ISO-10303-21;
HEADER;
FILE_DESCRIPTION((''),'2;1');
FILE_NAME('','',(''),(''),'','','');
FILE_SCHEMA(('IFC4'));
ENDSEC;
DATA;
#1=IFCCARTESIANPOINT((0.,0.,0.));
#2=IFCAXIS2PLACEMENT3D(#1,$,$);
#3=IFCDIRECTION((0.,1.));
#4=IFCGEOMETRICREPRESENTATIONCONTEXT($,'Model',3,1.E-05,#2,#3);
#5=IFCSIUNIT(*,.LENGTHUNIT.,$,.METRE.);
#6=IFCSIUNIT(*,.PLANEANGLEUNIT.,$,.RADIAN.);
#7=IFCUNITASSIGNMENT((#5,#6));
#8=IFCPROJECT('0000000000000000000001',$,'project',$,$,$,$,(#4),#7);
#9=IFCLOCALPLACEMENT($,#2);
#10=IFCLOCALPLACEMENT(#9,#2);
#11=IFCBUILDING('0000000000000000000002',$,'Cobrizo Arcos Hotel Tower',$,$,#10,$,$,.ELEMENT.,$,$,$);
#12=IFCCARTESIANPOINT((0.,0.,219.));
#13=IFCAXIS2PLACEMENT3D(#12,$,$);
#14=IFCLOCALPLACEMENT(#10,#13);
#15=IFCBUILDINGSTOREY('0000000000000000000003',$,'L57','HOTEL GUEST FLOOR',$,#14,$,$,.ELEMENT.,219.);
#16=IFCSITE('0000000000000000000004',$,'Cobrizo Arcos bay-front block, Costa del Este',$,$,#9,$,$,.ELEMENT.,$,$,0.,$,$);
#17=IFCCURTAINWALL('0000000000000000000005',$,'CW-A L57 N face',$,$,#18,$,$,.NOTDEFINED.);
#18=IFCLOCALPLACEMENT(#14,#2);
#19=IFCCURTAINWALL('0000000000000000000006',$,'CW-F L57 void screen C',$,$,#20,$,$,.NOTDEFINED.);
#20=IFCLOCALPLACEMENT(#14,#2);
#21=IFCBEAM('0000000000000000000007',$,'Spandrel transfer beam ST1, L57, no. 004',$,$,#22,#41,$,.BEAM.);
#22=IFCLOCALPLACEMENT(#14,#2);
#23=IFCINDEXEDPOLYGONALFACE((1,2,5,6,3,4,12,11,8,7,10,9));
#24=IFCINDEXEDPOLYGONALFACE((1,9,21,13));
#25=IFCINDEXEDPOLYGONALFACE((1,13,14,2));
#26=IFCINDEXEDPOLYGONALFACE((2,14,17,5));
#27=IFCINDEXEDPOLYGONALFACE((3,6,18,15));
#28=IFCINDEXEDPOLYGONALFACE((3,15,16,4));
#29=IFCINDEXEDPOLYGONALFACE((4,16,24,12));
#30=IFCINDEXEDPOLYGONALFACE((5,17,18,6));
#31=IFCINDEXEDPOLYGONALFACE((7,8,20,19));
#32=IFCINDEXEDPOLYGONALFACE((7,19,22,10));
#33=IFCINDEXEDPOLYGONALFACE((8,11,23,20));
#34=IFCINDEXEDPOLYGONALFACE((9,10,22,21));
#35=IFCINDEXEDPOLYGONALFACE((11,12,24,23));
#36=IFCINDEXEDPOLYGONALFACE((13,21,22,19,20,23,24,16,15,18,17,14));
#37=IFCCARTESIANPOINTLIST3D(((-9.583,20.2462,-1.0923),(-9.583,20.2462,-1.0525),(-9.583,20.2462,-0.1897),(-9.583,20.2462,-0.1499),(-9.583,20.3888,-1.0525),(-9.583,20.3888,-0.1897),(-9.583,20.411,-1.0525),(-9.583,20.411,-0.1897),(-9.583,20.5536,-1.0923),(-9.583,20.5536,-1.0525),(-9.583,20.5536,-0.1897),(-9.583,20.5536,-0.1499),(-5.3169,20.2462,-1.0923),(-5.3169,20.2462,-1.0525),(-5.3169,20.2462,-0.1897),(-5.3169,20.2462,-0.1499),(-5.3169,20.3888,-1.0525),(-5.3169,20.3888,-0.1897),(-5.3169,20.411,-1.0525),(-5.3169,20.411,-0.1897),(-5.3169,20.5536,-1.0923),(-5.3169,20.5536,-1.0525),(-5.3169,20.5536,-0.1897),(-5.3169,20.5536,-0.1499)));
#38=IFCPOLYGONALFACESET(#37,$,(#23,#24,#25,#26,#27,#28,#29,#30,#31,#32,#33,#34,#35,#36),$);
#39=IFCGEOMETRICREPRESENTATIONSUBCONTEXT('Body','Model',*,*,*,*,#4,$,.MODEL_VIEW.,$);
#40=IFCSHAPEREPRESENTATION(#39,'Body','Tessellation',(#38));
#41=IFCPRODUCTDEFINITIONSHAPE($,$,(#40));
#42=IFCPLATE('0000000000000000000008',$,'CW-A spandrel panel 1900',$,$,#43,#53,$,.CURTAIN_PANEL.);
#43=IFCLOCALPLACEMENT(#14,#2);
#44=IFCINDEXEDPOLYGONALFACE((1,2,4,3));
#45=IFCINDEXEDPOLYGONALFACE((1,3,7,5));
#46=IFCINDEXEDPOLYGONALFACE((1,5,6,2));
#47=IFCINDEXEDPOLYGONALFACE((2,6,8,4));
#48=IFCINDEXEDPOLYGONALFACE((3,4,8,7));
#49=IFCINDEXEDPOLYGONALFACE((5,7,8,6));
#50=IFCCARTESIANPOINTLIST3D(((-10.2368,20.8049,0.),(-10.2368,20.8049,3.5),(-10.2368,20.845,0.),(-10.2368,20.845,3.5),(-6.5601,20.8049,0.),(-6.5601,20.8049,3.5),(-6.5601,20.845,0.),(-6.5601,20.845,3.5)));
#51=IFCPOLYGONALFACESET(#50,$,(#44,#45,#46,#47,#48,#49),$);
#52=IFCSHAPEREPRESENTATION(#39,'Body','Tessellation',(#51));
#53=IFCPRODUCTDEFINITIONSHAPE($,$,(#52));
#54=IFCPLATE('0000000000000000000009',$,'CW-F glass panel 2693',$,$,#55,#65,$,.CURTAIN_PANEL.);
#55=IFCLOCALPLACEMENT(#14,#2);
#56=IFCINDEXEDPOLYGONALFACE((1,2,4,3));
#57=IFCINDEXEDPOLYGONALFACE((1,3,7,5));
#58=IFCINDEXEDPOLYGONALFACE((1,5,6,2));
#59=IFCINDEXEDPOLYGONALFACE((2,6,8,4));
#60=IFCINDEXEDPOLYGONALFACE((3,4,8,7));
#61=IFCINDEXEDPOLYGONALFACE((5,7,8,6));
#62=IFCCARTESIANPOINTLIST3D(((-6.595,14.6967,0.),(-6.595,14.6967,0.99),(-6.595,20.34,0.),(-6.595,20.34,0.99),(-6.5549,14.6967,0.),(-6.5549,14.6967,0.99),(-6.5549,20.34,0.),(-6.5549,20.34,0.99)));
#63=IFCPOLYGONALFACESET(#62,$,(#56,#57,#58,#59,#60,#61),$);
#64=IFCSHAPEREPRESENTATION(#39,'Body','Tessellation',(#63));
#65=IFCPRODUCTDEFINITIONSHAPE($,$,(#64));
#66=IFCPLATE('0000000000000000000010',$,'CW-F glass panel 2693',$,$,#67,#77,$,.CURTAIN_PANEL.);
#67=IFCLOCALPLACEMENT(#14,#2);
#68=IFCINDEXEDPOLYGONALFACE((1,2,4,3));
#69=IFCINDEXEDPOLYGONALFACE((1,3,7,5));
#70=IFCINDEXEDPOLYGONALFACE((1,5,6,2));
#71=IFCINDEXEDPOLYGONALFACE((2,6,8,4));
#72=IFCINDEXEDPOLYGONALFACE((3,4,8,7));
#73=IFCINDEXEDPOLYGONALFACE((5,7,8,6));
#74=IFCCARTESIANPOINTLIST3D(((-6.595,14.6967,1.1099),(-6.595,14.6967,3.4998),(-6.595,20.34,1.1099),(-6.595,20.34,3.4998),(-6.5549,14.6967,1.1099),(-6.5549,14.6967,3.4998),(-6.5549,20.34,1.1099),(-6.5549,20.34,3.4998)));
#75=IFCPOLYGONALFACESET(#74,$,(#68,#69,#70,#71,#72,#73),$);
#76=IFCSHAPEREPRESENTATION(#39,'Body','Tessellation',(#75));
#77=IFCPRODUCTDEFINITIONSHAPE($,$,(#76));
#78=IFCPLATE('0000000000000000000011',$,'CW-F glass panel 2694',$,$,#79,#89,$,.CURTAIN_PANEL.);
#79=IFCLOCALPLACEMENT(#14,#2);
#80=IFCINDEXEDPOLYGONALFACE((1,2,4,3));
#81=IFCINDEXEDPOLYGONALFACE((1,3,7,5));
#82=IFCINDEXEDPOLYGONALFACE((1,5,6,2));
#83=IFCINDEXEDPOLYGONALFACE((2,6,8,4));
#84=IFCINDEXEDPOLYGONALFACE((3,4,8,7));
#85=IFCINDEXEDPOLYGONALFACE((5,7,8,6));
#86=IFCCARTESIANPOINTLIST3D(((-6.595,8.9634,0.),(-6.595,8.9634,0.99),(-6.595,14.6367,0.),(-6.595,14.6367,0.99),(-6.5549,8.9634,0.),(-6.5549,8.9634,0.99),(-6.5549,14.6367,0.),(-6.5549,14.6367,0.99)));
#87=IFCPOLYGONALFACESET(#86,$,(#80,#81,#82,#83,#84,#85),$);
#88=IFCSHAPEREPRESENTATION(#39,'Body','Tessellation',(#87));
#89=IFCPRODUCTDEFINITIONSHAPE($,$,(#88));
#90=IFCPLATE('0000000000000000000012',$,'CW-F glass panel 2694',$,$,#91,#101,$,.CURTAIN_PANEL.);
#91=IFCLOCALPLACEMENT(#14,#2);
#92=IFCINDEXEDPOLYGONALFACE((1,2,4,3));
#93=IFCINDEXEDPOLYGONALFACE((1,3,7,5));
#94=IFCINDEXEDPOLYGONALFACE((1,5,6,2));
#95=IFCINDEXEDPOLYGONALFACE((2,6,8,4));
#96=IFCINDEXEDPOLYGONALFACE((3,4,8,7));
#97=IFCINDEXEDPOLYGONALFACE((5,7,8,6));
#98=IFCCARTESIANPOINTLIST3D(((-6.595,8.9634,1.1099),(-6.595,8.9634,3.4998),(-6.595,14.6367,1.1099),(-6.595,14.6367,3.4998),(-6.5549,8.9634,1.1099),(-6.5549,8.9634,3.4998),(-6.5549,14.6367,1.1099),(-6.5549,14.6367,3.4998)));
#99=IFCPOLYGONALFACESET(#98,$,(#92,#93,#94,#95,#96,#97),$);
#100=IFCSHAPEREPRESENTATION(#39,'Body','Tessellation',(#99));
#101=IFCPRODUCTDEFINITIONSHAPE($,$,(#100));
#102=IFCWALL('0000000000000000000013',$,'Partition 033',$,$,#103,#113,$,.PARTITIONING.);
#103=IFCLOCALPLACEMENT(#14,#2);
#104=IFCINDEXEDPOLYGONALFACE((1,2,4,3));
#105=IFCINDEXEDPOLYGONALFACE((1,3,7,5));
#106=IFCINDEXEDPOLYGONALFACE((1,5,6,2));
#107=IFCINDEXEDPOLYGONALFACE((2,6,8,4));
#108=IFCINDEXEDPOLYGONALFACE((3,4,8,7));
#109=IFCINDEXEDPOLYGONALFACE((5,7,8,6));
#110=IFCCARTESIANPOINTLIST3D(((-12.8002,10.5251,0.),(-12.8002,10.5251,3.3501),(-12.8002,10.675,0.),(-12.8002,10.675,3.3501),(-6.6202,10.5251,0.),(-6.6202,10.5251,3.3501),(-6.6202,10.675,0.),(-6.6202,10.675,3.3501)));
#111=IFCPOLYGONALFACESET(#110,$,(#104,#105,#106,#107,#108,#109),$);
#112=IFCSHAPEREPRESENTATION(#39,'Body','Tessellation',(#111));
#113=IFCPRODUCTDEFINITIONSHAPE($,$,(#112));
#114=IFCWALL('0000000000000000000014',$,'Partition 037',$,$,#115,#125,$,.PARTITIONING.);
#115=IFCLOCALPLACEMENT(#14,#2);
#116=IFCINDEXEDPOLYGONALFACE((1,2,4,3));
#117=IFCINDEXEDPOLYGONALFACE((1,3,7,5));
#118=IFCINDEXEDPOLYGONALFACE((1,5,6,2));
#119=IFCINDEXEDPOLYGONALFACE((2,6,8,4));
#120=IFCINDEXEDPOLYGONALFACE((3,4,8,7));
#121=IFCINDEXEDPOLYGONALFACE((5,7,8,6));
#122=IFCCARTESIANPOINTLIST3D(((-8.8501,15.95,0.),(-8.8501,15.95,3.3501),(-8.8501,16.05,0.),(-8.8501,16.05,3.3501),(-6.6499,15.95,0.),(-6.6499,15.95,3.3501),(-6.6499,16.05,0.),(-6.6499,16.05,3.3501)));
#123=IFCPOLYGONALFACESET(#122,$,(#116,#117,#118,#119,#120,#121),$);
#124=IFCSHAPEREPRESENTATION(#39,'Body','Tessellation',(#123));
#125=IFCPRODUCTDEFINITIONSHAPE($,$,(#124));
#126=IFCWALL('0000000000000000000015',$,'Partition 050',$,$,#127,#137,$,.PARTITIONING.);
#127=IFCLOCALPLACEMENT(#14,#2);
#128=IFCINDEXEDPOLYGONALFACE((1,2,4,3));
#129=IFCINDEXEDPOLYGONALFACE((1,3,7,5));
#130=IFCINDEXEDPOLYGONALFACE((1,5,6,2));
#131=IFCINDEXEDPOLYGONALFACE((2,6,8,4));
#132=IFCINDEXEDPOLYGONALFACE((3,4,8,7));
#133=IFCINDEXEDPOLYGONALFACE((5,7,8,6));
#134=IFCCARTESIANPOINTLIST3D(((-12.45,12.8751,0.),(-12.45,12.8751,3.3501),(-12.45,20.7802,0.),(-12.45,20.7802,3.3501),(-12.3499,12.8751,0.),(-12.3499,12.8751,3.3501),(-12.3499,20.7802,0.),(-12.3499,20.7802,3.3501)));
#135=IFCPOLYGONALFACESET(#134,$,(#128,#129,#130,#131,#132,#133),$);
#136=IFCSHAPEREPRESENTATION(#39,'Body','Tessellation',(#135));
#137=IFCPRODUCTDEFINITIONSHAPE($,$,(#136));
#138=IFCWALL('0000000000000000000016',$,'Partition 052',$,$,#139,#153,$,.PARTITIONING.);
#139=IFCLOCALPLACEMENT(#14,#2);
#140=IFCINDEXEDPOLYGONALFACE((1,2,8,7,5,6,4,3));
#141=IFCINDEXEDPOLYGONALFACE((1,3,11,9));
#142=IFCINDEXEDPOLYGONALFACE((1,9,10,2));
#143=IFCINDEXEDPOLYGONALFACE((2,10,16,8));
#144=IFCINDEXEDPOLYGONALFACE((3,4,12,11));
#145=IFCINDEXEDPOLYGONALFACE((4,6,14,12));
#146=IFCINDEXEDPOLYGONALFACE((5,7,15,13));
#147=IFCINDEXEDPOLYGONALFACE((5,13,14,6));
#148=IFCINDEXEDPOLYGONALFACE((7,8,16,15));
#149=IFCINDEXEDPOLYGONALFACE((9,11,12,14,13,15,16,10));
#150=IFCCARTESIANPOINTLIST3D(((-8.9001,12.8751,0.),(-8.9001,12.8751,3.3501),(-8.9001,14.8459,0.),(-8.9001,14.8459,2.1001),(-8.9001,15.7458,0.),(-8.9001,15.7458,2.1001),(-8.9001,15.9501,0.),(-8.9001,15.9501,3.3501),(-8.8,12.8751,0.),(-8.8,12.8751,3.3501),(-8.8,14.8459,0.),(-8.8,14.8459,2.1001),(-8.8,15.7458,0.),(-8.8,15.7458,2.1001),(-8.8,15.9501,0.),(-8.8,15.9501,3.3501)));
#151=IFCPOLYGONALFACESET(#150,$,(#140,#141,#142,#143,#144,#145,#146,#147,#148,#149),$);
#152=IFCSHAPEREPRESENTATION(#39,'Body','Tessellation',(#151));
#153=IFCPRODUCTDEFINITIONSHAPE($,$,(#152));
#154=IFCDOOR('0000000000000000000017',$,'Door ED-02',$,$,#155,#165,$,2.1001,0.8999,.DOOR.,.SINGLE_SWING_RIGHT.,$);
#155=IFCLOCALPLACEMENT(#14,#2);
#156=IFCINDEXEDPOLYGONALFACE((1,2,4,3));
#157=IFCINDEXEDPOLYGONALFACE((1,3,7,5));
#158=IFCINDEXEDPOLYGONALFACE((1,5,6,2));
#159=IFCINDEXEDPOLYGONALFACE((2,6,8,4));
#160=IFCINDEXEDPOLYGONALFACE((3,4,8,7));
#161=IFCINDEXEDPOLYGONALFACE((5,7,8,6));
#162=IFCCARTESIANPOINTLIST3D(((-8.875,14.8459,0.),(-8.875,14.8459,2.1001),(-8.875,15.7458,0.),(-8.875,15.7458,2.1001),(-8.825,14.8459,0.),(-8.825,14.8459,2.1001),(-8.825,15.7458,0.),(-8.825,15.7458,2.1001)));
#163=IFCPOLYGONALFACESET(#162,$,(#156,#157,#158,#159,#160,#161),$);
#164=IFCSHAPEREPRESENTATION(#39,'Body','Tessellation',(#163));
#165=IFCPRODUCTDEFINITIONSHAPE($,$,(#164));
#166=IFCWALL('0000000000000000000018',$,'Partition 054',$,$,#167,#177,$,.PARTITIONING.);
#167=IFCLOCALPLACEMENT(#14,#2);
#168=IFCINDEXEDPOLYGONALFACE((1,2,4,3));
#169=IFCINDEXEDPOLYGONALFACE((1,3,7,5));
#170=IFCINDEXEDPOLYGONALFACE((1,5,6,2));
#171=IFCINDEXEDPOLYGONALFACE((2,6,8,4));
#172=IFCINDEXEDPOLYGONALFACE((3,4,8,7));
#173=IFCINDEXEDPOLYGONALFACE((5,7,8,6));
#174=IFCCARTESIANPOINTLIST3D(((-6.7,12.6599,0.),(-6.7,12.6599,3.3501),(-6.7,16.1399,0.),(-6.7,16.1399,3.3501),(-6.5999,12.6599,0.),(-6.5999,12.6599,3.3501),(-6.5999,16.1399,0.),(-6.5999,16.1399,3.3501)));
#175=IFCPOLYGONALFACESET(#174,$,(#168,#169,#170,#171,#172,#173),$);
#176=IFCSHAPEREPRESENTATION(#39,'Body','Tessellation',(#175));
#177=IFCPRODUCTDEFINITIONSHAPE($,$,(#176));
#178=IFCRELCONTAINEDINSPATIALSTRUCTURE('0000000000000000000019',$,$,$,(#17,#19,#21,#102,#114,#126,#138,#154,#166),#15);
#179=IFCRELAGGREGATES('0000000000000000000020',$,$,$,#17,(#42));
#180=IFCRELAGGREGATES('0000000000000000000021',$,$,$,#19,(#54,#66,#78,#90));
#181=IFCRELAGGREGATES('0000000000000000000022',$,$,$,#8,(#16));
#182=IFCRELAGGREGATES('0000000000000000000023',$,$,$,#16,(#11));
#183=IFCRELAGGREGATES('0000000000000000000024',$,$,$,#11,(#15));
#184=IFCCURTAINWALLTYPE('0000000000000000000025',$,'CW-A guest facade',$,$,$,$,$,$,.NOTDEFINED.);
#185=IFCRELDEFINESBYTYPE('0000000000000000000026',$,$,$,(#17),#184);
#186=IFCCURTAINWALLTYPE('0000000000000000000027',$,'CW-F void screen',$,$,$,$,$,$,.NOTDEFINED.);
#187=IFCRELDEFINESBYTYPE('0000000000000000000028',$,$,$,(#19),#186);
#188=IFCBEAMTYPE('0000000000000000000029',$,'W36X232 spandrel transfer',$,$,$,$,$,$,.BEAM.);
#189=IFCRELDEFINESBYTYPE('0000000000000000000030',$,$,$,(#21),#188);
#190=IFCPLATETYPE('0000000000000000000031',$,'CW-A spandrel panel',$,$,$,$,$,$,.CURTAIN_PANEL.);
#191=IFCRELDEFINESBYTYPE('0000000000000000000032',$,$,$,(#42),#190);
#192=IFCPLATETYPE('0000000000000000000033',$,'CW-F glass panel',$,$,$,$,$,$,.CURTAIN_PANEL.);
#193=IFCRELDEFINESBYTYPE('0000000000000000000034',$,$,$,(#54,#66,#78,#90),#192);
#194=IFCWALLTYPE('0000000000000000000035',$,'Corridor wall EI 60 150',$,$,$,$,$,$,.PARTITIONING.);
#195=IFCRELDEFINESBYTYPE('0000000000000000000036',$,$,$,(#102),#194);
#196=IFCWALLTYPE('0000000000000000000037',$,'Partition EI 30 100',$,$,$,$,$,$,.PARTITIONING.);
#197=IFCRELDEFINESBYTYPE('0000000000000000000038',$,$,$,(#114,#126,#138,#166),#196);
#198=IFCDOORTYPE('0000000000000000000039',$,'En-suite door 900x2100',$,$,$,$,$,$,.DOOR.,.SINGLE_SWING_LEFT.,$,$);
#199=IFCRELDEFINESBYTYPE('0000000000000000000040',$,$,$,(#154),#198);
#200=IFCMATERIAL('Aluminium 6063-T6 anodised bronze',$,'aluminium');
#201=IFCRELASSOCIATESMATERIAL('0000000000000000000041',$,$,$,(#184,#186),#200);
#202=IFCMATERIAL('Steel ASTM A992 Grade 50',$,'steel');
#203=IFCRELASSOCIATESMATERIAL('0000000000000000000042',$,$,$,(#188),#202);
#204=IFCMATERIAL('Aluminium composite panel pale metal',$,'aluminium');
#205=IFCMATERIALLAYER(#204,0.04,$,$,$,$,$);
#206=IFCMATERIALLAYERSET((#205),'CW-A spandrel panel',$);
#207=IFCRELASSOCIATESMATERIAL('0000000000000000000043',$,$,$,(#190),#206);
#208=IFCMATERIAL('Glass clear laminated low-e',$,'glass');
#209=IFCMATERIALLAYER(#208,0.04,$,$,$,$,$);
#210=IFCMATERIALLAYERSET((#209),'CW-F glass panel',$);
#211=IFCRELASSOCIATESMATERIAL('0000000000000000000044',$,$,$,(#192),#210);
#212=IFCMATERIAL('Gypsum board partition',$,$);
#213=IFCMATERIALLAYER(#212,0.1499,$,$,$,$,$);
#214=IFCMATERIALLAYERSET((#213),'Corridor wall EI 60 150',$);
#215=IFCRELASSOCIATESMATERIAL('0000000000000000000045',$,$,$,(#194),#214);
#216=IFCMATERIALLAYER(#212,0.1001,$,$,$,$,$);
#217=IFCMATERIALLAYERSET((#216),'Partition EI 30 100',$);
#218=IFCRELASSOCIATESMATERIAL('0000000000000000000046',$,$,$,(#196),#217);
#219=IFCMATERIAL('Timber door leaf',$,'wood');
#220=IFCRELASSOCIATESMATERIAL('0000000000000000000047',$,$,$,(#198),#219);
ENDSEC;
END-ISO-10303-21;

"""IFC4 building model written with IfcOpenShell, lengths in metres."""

from ifc_helpers import new_model, si_unit, direction, frame, frame_2d, origin, origin_2d, place, context, subcontext, project, spatial, rectangle, i_section, extrude, material, layer, layer_set, material_profile, profile_set, type_object, element, fill, aggregate, save


model = new_model("IFC4")

# Units and contexts
model_context = context("Model", 3, precision=1e-05, world=origin(), true_north=direction((0.0, 1.0)))
body_context = subcontext(model_context, "Body", "Model", "MODEL_VIEW")
ifc_project = project(units=[si_unit("LENGTHUNIT", "METRE"), si_unit("PLANEANGLEUNIT", "RADIAN")], contexts=[model_context])

# Site, building, storey
site_placement = place(None, origin())
site = spatial("IfcSite", under=ifc_project, at=site_placement, Name="Cobrizo Arcos bay-front block, Costa del Este", CompositionType="ELEMENT", RefElevation=0.0)
building_placement = place(site_placement, origin())
building = spatial("IfcBuilding", under=site, at=building_placement, Name="Cobrizo Arcos Hotel Tower", CompositionType="ELEMENT")
storey_placement = place(building_placement, frame((0.0, 0.0, 219.0)))
storey = spatial("IfcBuildingStorey", under=building, at=storey_placement, Name="L57", Description="HOTEL GUEST FLOOR", CompositionType="ELEMENT", Elevation=219.0)

# Curtain walls
ifc_material_1 = material(Name="Aluminium 6063-T6 anodised bronze", Category="aluminium")
curtain_wall_type_1 = type_object("IfcCurtainWallType", Name="CW-A guest facade", PredefinedType="NOTDEFINED", material=ifc_material_1)
curtain_wall_1_placement = place(storey_placement, origin())
curtain_wall_1 = element("IfcCurtainWall", 1, at=curtain_wall_1_placement, inside=storey, type_object=curtain_wall_type_1, Name="CW-A L57 N face", PredefinedType="NOTDEFINED")
curtain_wall_type_2 = type_object("IfcCurtainWallType", Name="CW-F void screen", PredefinedType="NOTDEFINED", material=ifc_material_1)
curtain_wall_2_placement = place(storey_placement, origin())
curtain_wall_2 = element("IfcCurtainWall", 2, at=curtain_wall_2_placement, inside=storey, type_object=curtain_wall_type_2, Name="CW-F L57 void screen C", PredefinedType="NOTDEFINED")

# Beam
ifc_material_2 = material(Name="Steel ASTM A992 Grade 50", Category="steel")
ifc_material_profile_1 = material_profile(ifc_material_2, i_section(OverallWidth=0.3074, OverallDepth=0.9424, WebThickness=0.0222, FlangeThickness=0.0398, at=origin_2d()), Name="W36X232")
ifc_profile_set_1 = profile_set([ifc_material_profile_1], Name="Steel ASTM A992 Grade 50")
beam_type_1 = type_object("IfcBeamType", Name="W36X232 spandrel transfer", PredefinedType="BEAM", material=ifc_profile_set_1)
beam_1_placement = place(storey_placement, frame((-5.3169, 20.3999, -0.6211), z_axis=(-1.0, 0.0, 0.0), x_axis=(0.0, -1.0, 0.0)))
element("IfcBeam", 3, at=beam_1_placement, inside=storey, type_object=beam_type_1, Name="Spandrel transfer beam ST1, L57, no. 004", PredefinedType="BEAM", context=body_context, shape_type="SweptSolid", body=[
    extrude(i_section(OverallWidth=0.3074, OverallDepth=0.9424, WebThickness=0.0222, FlangeThickness=0.0398, at=origin_2d()), origin(), (0.0, 0.0, 1.0), 4.2661),
])

# Plates
ifc_material_3 = material(Name="Aluminium composite panel pale metal", Category="aluminium")
ifc_layer_1 = layer(ifc_material_3, 0.04)
ifc_layer_set_1 = layer_set([ifc_layer_1], Name="CW-A spandrel panel")
plate_type_1 = type_object("IfcPlateType", Name="CW-A spandrel panel", PredefinedType="CURTAIN_PANEL", material=ifc_layer_set_1)
plate_1_placement = place(storey_placement, frame((-8.3984, 20.825, 0.0), z_axis=(0.0, 0.0, 1.0), x_axis=(-1.0, 0.0, 0.0)))
plate_1 = element("IfcPlate", 4, at=plate_1_placement, type_object=plate_type_1, Name="CW-A spandrel panel 1900", PredefinedType="CURTAIN_PANEL", context=body_context, shape_type="SweptSolid", body=[
    extrude(rectangle(XDim=3.6768, YDim=0.04, at=origin_2d()), origin(), (0.0, 0.0, 1.0), 3.5),
])
aggregate(curtain_wall_1, [plate_1])
ifc_material_4 = material(Name="Glass clear laminated low-e", Category="glass")
ifc_layer_2 = layer(ifc_material_4, 0.04)
ifc_layer_set_2 = layer_set([ifc_layer_2], Name="CW-F glass panel")
plate_type_2 = type_object("IfcPlateType", Name="CW-F glass panel", PredefinedType="CURTAIN_PANEL", material=ifc_layer_set_2)
plate_2_placement = place(storey_placement, frame((-6.575, 17.5183, 0.0), z_axis=(0.0, 0.0, 1.0), x_axis=(0.0, -1.0, 0.0)))
plate_2 = element("IfcPlate", 5, at=plate_2_placement, type_object=plate_type_2, Name="CW-F glass panel 2693", PredefinedType="CURTAIN_PANEL", context=body_context, shape_type="SweptSolid", body=[
    extrude(rectangle(XDim=5.6433, YDim=0.04, at=origin_2d()), origin(), (0.0, 0.0, 1.0), 0.99),
])
plate_3_placement = place(storey_placement, frame((-6.575, 17.5183, 1.1099), z_axis=(0.0, 0.0, 1.0), x_axis=(0.0, -1.0, 0.0)))
plate_3 = element("IfcPlate", 6, at=plate_3_placement, type_object=plate_type_2, Name="CW-F glass panel 2693", PredefinedType="CURTAIN_PANEL", context=body_context, shape_type="SweptSolid", body=[
    extrude(rectangle(XDim=5.6433, YDim=0.04, at=origin_2d()), origin(), (0.0, 0.0, 1.0), 2.3899),
])
plate_4_placement = place(storey_placement, frame((-6.575, 11.8, 0.0), z_axis=(0.0, 0.0, 1.0), x_axis=(0.0, -1.0, 0.0)))
plate_4 = element("IfcPlate", 7, at=plate_4_placement, type_object=plate_type_2, Name="CW-F glass panel 2694", PredefinedType="CURTAIN_PANEL", context=body_context, shape_type="SweptSolid", body=[
    extrude(rectangle(XDim=5.6733, YDim=0.04, at=origin_2d()), origin(), (0.0, 0.0, 1.0), 0.99),
])
plate_5_placement = place(storey_placement, frame((-6.575, 11.8, 1.1099), z_axis=(0.0, 0.0, 1.0), x_axis=(0.0, -1.0, 0.0)))
plate_5 = element("IfcPlate", 8, at=plate_5_placement, type_object=plate_type_2, Name="CW-F glass panel 2694", PredefinedType="CURTAIN_PANEL", context=body_context, shape_type="SweptSolid", body=[
    extrude(rectangle(XDim=5.6733, YDim=0.04, at=origin_2d()), origin(), (0.0, 0.0, 1.0), 2.3899),
])
aggregate(curtain_wall_2, [plate_2, plate_3, plate_4, plate_5])

# Walls
ifc_material_5 = material(Name="Gypsum board partition")
ifc_layer_3 = layer(ifc_material_5, 0.1499)
ifc_layer_set_3 = layer_set([ifc_layer_3], Name="Corridor wall EI 60 150")
wall_type_1 = type_object("IfcWallType", Name="Corridor wall EI 60 150", PredefinedType="PARTITIONING", material=ifc_layer_set_3)
wall_1_placement = place(storey_placement, frame((-12.8, 10.6001, 0.0), z_axis=(0.0, 0.0, 1.0), x_axis=(1.0, 0.0, 0.0)))
element("IfcWall", 9, at=wall_1_placement, inside=storey, type_object=wall_type_1, Name="Partition 033", PredefinedType="PARTITIONING", context=body_context, shape_type="SweptSolid", body=[
    extrude(rectangle(XDim=6.1799, YDim=0.1499, at=frame_2d((3.0898, 0.0))), origin(), (0.0, 0.0, 1.0), 3.3501),
])
ifc_layer_4 = layer(ifc_material_5, 0.1001)
ifc_layer_set_4 = layer_set([ifc_layer_4], Name="Partition EI 30 100")
wall_type_2 = type_object("IfcWallType", Name="Partition EI 30 100", PredefinedType="PARTITIONING", material=ifc_layer_set_4)
wall_2_placement = place(storey_placement, frame((-8.8501, 16.0, 0.0), z_axis=(0.0, 0.0, 1.0), x_axis=(1.0, 0.0, 0.0)))
element("IfcWall", 10, at=wall_2_placement, inside=storey, type_object=wall_type_2, Name="Partition 037", PredefinedType="PARTITIONING", context=body_context, shape_type="SweptSolid", body=[
    extrude(rectangle(XDim=2.2002, YDim=0.1001, at=frame_2d((1.1001, 0.0))), origin(), (0.0, 0.0, 1.0), 3.3501),
])
wall_3_placement = place(storey_placement, frame((-12.3999, 12.875, 0.0), z_axis=(0.0, 0.0, 1.0), x_axis=(0.0, 1.0, 0.0)))
element("IfcWall", 11, at=wall_3_placement, inside=storey, type_object=wall_type_2, Name="Partition 050", PredefinedType="PARTITIONING", context=body_context, shape_type="SweptSolid", body=[
    extrude(rectangle(XDim=7.905, YDim=0.1001, at=frame_2d((3.9526, 0.0))), origin(), (0.0, 0.0, 1.0), 3.3501),
])

# Wall, opening, door
wall_4_placement = place(storey_placement, frame((-8.8501, 12.875, 0.0), z_axis=(0.0, 0.0, 1.0), x_axis=(0.0, 1.0, 0.0)))
wall_4 = element("IfcWall", 12, at=wall_4_placement, inside=storey, type_object=wall_type_2, Name="Partition 052", PredefinedType="PARTITIONING", context=body_context, shape_type="SweptSolid", body=[
    extrude(rectangle(XDim=3.075, YDim=0.1001, at=frame_2d((1.5376, 0.0))), origin(), (0.0, 0.0, 1.0), 3.3501),
])
opening_placement = place(wall_4_placement, frame((1.9709, 0.0, 0.0)))
opening = element("IfcOpeningElement", 13, at=opening_placement, cuts=wall_4, PredefinedType="OPENING", context=body_context, shape_type="SweptSolid", body=[
    extrude(rectangle(XDim=0.8999, YDim=2.1001, at=frame_2d((0.45, 1.05))), frame((0.0, 0.062, 0.0), z_axis=(0.0, -1.0, 0.0), x_axis=(1.0, 0.0, 0.0)), (0.0, 0.0, 1.0), 0.124),
])
ifc_material_6 = material(Name="Timber door leaf", Category="wood")
door_type = type_object("IfcDoorType", Name="En-suite door 900x2100", OperationType="SINGLE_SWING_LEFT", PredefinedType="DOOR", material=ifc_material_6)
door_placement = place(opening_placement, origin())
door = element("IfcDoor", 14, at=door_placement, inside=storey, type_object=door_type, Name="Door ED-02", OperationType="SINGLE_SWING_RIGHT", OverallHeight=2.1001, OverallWidth=0.8999, PredefinedType="DOOR", context=body_context, shape_type="SweptSolid", body=[
    extrude(rectangle(XDim=0.8999, YDim=2.1001, at=frame_2d((0.45, 1.05))), frame((0.0, 0.0249, 0.0), z_axis=(0.0, -1.0, 0.0), x_axis=(1.0, 0.0, 0.0)), (0.0, 0.0, 1.0), 0.05),
])
fill(opening, door)

# Wall
wall_5_placement = place(storey_placement, frame((-6.6499, 12.6599, 0.0), z_axis=(0.0, 0.0, 1.0), x_axis=(0.0, 1.0, 0.0)))
element("IfcWall", 15, at=wall_5_placement, inside=storey, type_object=wall_type_2, Name="Partition 054", PredefinedType="PARTITIONING", context=body_context, shape_type="SweptSolid", body=[
    extrude(rectangle(XDim=3.48, YDim=0.1001, at=frame_2d((1.74, 0.0))), origin(), (0.0, 0.0, 1.0), 3.3501),
])

save(model, "model.ifc")
